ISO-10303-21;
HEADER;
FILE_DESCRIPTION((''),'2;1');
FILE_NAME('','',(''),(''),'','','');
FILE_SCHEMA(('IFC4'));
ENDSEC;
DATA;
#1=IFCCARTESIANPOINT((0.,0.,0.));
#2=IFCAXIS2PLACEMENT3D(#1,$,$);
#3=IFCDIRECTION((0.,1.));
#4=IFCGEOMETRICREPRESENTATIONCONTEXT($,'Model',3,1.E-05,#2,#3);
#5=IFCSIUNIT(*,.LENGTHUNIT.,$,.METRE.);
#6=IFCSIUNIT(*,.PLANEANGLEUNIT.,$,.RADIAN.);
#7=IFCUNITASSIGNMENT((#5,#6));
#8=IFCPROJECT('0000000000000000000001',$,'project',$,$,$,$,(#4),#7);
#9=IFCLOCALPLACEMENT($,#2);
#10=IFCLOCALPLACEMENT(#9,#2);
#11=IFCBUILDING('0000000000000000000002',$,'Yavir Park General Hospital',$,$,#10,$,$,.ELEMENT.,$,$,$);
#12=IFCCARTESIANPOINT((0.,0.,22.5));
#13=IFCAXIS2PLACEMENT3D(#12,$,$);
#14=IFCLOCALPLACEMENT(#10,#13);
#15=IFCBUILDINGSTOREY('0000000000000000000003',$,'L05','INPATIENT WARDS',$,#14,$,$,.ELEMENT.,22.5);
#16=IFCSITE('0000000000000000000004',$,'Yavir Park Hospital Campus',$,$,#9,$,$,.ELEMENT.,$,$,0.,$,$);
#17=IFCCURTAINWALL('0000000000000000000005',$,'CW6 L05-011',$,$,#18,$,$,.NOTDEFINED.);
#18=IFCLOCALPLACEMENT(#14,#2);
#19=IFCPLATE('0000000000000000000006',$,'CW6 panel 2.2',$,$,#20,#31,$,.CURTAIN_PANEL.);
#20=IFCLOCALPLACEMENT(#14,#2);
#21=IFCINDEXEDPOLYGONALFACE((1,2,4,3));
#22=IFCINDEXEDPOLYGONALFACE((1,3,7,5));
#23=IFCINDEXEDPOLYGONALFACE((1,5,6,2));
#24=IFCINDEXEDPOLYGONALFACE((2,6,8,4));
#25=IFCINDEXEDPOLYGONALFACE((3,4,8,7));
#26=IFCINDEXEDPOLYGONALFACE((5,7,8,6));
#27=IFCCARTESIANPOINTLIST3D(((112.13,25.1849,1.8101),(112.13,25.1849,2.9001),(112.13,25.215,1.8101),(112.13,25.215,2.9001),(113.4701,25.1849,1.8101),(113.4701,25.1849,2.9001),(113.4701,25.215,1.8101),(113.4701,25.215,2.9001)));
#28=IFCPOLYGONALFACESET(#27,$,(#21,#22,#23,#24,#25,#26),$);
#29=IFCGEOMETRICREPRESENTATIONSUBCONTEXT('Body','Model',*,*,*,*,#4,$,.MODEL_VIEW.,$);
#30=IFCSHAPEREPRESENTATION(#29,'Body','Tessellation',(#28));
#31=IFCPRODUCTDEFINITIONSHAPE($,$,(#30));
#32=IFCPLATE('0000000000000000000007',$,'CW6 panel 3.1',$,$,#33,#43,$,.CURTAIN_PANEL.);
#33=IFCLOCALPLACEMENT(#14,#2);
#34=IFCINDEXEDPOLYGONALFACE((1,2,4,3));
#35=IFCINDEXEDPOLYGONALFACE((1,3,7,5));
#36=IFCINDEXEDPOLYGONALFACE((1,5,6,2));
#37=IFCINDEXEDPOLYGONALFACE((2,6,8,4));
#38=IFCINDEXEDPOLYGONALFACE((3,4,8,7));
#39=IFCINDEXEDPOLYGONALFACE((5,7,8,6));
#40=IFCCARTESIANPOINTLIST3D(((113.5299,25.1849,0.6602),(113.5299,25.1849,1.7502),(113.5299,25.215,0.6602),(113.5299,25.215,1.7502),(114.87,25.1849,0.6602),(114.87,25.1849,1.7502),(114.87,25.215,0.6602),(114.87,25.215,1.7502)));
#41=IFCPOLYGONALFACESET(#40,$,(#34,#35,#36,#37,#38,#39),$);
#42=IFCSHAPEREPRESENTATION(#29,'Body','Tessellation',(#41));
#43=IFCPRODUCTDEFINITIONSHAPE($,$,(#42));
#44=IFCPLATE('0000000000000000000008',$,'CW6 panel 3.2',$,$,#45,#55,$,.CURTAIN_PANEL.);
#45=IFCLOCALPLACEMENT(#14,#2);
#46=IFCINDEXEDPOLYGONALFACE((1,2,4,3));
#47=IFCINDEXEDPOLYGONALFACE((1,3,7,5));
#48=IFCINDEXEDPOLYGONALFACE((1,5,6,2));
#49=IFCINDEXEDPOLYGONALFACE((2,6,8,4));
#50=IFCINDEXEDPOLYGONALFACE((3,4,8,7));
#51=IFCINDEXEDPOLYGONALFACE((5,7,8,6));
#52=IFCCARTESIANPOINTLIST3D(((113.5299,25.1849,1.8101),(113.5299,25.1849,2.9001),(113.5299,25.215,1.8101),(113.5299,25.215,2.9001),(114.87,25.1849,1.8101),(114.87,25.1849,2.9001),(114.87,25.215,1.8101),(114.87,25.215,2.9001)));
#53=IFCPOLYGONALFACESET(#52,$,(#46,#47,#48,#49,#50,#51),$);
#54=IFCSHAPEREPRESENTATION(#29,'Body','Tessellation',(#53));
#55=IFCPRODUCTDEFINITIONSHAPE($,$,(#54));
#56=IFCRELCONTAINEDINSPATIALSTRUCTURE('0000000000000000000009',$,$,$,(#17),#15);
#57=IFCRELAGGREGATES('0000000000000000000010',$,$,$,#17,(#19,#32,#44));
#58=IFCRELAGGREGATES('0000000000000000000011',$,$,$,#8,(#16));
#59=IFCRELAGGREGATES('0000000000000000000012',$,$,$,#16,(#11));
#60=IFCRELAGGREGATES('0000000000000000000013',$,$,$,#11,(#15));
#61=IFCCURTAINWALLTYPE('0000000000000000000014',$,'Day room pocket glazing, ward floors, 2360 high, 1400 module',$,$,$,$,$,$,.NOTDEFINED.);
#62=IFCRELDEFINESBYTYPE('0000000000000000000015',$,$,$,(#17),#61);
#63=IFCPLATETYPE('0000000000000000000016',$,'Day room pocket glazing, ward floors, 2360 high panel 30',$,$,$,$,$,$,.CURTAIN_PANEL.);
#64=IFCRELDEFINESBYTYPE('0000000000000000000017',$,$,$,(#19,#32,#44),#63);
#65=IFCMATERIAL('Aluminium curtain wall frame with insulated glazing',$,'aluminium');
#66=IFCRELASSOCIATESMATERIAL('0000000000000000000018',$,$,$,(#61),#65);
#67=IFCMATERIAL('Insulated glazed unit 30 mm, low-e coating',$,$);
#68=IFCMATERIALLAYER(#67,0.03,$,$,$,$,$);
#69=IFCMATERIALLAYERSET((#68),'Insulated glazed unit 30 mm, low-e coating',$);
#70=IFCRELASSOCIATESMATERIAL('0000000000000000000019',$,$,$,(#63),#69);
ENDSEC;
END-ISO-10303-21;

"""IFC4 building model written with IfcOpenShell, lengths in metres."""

from ifc_helpers import new_model, si_unit, direction, frame, origin, origin_2d, place, context, subcontext, project, spatial, rectangle, extrude, material, layer, layer_set, type_object, element, aggregate, save


model = new_model("IFC4")

# Units and contexts
model_context = context("Model", 3, precision=1e-05, world=origin(), true_north=direction((0.0, 1.0)))
body_context = subcontext(model_context, "Body", "Model", "MODEL_VIEW")
ifc_project = project(units=[si_unit("LENGTHUNIT", "METRE"), si_unit("PLANEANGLEUNIT", "RADIAN")], contexts=[model_context])

# Site, building, storey
site_placement = place(None, origin())
site = spatial("IfcSite", under=ifc_project, at=site_placement, Name="Yavir Park Hospital Campus", CompositionType="ELEMENT", RefElevation=0.0)
building_placement = place(site_placement, origin())
building = spatial("IfcBuilding", under=site, at=building_placement, Name="Yavir Park General Hospital", CompositionType="ELEMENT")
storey_placement = place(building_placement, frame((0.0, 0.0, 22.5)))
storey = spatial("IfcBuildingStorey", under=building, at=storey_placement, Name="L05", Description="INPATIENT WARDS", CompositionType="ELEMENT", Elevation=22.5)

# Curtain wall, plates
ifc_material_1 = material(Name="Aluminium curtain wall frame with insulated glazing", Category="aluminium")
curtain_wall_type = type_object("IfcCurtainWallType", Name="Day room pocket glazing, ward floors, 2360 high, 1400 module", PredefinedType="NOTDEFINED", material=ifc_material_1)
curtain_wall_placement = place(storey_placement, origin())
curtain_wall = element("IfcCurtainWall", 1, at=curtain_wall_placement, inside=storey, type_object=curtain_wall_type, Name="CW6 L05-011", PredefinedType="NOTDEFINED")
ifc_material_2 = material(Name="Insulated glazed unit 30 mm, low-e coating")
ifc_layer = layer(ifc_material_2, 0.03)
ifc_layer_set = layer_set([ifc_layer], Name="Insulated glazed unit 30 mm, low-e coating")
plate_type = type_object("IfcPlateType", Name="Day room pocket glazing, ward floors, 2360 high panel 30", PredefinedType="CURTAIN_PANEL", material=ifc_layer_set)
plate_1_placement = place(storey_placement, frame((112.8, 25.2, 1.8101), z_axis=(0.0, 0.0, 1.0), x_axis=(1.0, 0.0, 0.0)))
plate_1 = element("IfcPlate", 2, at=plate_1_placement, type_object=plate_type, Name="CW6 panel 2.2", PredefinedType="CURTAIN_PANEL", context=body_context, shape_type="SweptSolid", body=[
    extrude(rectangle(XDim=1.3401, YDim=0.03, at=origin_2d()), origin(), (0.0, 0.0, 1.0), 1.0901),
])
plate_2_placement = place(storey_placement, frame((114.2, 25.2, 0.6602), z_axis=(0.0, 0.0, 1.0), x_axis=(1.0, 0.0, 0.0)))
plate_2 = element("IfcPlate", 3, at=plate_2_placement, type_object=plate_type, Name="CW6 panel 3.1", PredefinedType="CURTAIN_PANEL", context=body_context, shape_type="SweptSolid", body=[
    extrude(rectangle(XDim=1.3401, YDim=0.03, at=origin_2d()), origin(), (0.0, 0.0, 1.0), 1.0901),
])
plate_3_placement = place(storey_placement, frame((114.2, 25.2, 1.8101), z_axis=(0.0, 0.0, 1.0), x_axis=(1.0, 0.0, 0.0)))
plate_3 = element("IfcPlate", 4, at=plate_3_placement, type_object=plate_type, Name="CW6 panel 3.2", PredefinedType="CURTAIN_PANEL", context=body_context, shape_type="SweptSolid", body=[
    extrude(rectangle(XDim=1.3401, YDim=0.03, at=origin_2d()), origin(), (0.0, 0.0, 1.0), 1.0901),
])
aggregate(curtain_wall, [plate_1, plate_2, plate_3])

save(model, "model.ifc")
